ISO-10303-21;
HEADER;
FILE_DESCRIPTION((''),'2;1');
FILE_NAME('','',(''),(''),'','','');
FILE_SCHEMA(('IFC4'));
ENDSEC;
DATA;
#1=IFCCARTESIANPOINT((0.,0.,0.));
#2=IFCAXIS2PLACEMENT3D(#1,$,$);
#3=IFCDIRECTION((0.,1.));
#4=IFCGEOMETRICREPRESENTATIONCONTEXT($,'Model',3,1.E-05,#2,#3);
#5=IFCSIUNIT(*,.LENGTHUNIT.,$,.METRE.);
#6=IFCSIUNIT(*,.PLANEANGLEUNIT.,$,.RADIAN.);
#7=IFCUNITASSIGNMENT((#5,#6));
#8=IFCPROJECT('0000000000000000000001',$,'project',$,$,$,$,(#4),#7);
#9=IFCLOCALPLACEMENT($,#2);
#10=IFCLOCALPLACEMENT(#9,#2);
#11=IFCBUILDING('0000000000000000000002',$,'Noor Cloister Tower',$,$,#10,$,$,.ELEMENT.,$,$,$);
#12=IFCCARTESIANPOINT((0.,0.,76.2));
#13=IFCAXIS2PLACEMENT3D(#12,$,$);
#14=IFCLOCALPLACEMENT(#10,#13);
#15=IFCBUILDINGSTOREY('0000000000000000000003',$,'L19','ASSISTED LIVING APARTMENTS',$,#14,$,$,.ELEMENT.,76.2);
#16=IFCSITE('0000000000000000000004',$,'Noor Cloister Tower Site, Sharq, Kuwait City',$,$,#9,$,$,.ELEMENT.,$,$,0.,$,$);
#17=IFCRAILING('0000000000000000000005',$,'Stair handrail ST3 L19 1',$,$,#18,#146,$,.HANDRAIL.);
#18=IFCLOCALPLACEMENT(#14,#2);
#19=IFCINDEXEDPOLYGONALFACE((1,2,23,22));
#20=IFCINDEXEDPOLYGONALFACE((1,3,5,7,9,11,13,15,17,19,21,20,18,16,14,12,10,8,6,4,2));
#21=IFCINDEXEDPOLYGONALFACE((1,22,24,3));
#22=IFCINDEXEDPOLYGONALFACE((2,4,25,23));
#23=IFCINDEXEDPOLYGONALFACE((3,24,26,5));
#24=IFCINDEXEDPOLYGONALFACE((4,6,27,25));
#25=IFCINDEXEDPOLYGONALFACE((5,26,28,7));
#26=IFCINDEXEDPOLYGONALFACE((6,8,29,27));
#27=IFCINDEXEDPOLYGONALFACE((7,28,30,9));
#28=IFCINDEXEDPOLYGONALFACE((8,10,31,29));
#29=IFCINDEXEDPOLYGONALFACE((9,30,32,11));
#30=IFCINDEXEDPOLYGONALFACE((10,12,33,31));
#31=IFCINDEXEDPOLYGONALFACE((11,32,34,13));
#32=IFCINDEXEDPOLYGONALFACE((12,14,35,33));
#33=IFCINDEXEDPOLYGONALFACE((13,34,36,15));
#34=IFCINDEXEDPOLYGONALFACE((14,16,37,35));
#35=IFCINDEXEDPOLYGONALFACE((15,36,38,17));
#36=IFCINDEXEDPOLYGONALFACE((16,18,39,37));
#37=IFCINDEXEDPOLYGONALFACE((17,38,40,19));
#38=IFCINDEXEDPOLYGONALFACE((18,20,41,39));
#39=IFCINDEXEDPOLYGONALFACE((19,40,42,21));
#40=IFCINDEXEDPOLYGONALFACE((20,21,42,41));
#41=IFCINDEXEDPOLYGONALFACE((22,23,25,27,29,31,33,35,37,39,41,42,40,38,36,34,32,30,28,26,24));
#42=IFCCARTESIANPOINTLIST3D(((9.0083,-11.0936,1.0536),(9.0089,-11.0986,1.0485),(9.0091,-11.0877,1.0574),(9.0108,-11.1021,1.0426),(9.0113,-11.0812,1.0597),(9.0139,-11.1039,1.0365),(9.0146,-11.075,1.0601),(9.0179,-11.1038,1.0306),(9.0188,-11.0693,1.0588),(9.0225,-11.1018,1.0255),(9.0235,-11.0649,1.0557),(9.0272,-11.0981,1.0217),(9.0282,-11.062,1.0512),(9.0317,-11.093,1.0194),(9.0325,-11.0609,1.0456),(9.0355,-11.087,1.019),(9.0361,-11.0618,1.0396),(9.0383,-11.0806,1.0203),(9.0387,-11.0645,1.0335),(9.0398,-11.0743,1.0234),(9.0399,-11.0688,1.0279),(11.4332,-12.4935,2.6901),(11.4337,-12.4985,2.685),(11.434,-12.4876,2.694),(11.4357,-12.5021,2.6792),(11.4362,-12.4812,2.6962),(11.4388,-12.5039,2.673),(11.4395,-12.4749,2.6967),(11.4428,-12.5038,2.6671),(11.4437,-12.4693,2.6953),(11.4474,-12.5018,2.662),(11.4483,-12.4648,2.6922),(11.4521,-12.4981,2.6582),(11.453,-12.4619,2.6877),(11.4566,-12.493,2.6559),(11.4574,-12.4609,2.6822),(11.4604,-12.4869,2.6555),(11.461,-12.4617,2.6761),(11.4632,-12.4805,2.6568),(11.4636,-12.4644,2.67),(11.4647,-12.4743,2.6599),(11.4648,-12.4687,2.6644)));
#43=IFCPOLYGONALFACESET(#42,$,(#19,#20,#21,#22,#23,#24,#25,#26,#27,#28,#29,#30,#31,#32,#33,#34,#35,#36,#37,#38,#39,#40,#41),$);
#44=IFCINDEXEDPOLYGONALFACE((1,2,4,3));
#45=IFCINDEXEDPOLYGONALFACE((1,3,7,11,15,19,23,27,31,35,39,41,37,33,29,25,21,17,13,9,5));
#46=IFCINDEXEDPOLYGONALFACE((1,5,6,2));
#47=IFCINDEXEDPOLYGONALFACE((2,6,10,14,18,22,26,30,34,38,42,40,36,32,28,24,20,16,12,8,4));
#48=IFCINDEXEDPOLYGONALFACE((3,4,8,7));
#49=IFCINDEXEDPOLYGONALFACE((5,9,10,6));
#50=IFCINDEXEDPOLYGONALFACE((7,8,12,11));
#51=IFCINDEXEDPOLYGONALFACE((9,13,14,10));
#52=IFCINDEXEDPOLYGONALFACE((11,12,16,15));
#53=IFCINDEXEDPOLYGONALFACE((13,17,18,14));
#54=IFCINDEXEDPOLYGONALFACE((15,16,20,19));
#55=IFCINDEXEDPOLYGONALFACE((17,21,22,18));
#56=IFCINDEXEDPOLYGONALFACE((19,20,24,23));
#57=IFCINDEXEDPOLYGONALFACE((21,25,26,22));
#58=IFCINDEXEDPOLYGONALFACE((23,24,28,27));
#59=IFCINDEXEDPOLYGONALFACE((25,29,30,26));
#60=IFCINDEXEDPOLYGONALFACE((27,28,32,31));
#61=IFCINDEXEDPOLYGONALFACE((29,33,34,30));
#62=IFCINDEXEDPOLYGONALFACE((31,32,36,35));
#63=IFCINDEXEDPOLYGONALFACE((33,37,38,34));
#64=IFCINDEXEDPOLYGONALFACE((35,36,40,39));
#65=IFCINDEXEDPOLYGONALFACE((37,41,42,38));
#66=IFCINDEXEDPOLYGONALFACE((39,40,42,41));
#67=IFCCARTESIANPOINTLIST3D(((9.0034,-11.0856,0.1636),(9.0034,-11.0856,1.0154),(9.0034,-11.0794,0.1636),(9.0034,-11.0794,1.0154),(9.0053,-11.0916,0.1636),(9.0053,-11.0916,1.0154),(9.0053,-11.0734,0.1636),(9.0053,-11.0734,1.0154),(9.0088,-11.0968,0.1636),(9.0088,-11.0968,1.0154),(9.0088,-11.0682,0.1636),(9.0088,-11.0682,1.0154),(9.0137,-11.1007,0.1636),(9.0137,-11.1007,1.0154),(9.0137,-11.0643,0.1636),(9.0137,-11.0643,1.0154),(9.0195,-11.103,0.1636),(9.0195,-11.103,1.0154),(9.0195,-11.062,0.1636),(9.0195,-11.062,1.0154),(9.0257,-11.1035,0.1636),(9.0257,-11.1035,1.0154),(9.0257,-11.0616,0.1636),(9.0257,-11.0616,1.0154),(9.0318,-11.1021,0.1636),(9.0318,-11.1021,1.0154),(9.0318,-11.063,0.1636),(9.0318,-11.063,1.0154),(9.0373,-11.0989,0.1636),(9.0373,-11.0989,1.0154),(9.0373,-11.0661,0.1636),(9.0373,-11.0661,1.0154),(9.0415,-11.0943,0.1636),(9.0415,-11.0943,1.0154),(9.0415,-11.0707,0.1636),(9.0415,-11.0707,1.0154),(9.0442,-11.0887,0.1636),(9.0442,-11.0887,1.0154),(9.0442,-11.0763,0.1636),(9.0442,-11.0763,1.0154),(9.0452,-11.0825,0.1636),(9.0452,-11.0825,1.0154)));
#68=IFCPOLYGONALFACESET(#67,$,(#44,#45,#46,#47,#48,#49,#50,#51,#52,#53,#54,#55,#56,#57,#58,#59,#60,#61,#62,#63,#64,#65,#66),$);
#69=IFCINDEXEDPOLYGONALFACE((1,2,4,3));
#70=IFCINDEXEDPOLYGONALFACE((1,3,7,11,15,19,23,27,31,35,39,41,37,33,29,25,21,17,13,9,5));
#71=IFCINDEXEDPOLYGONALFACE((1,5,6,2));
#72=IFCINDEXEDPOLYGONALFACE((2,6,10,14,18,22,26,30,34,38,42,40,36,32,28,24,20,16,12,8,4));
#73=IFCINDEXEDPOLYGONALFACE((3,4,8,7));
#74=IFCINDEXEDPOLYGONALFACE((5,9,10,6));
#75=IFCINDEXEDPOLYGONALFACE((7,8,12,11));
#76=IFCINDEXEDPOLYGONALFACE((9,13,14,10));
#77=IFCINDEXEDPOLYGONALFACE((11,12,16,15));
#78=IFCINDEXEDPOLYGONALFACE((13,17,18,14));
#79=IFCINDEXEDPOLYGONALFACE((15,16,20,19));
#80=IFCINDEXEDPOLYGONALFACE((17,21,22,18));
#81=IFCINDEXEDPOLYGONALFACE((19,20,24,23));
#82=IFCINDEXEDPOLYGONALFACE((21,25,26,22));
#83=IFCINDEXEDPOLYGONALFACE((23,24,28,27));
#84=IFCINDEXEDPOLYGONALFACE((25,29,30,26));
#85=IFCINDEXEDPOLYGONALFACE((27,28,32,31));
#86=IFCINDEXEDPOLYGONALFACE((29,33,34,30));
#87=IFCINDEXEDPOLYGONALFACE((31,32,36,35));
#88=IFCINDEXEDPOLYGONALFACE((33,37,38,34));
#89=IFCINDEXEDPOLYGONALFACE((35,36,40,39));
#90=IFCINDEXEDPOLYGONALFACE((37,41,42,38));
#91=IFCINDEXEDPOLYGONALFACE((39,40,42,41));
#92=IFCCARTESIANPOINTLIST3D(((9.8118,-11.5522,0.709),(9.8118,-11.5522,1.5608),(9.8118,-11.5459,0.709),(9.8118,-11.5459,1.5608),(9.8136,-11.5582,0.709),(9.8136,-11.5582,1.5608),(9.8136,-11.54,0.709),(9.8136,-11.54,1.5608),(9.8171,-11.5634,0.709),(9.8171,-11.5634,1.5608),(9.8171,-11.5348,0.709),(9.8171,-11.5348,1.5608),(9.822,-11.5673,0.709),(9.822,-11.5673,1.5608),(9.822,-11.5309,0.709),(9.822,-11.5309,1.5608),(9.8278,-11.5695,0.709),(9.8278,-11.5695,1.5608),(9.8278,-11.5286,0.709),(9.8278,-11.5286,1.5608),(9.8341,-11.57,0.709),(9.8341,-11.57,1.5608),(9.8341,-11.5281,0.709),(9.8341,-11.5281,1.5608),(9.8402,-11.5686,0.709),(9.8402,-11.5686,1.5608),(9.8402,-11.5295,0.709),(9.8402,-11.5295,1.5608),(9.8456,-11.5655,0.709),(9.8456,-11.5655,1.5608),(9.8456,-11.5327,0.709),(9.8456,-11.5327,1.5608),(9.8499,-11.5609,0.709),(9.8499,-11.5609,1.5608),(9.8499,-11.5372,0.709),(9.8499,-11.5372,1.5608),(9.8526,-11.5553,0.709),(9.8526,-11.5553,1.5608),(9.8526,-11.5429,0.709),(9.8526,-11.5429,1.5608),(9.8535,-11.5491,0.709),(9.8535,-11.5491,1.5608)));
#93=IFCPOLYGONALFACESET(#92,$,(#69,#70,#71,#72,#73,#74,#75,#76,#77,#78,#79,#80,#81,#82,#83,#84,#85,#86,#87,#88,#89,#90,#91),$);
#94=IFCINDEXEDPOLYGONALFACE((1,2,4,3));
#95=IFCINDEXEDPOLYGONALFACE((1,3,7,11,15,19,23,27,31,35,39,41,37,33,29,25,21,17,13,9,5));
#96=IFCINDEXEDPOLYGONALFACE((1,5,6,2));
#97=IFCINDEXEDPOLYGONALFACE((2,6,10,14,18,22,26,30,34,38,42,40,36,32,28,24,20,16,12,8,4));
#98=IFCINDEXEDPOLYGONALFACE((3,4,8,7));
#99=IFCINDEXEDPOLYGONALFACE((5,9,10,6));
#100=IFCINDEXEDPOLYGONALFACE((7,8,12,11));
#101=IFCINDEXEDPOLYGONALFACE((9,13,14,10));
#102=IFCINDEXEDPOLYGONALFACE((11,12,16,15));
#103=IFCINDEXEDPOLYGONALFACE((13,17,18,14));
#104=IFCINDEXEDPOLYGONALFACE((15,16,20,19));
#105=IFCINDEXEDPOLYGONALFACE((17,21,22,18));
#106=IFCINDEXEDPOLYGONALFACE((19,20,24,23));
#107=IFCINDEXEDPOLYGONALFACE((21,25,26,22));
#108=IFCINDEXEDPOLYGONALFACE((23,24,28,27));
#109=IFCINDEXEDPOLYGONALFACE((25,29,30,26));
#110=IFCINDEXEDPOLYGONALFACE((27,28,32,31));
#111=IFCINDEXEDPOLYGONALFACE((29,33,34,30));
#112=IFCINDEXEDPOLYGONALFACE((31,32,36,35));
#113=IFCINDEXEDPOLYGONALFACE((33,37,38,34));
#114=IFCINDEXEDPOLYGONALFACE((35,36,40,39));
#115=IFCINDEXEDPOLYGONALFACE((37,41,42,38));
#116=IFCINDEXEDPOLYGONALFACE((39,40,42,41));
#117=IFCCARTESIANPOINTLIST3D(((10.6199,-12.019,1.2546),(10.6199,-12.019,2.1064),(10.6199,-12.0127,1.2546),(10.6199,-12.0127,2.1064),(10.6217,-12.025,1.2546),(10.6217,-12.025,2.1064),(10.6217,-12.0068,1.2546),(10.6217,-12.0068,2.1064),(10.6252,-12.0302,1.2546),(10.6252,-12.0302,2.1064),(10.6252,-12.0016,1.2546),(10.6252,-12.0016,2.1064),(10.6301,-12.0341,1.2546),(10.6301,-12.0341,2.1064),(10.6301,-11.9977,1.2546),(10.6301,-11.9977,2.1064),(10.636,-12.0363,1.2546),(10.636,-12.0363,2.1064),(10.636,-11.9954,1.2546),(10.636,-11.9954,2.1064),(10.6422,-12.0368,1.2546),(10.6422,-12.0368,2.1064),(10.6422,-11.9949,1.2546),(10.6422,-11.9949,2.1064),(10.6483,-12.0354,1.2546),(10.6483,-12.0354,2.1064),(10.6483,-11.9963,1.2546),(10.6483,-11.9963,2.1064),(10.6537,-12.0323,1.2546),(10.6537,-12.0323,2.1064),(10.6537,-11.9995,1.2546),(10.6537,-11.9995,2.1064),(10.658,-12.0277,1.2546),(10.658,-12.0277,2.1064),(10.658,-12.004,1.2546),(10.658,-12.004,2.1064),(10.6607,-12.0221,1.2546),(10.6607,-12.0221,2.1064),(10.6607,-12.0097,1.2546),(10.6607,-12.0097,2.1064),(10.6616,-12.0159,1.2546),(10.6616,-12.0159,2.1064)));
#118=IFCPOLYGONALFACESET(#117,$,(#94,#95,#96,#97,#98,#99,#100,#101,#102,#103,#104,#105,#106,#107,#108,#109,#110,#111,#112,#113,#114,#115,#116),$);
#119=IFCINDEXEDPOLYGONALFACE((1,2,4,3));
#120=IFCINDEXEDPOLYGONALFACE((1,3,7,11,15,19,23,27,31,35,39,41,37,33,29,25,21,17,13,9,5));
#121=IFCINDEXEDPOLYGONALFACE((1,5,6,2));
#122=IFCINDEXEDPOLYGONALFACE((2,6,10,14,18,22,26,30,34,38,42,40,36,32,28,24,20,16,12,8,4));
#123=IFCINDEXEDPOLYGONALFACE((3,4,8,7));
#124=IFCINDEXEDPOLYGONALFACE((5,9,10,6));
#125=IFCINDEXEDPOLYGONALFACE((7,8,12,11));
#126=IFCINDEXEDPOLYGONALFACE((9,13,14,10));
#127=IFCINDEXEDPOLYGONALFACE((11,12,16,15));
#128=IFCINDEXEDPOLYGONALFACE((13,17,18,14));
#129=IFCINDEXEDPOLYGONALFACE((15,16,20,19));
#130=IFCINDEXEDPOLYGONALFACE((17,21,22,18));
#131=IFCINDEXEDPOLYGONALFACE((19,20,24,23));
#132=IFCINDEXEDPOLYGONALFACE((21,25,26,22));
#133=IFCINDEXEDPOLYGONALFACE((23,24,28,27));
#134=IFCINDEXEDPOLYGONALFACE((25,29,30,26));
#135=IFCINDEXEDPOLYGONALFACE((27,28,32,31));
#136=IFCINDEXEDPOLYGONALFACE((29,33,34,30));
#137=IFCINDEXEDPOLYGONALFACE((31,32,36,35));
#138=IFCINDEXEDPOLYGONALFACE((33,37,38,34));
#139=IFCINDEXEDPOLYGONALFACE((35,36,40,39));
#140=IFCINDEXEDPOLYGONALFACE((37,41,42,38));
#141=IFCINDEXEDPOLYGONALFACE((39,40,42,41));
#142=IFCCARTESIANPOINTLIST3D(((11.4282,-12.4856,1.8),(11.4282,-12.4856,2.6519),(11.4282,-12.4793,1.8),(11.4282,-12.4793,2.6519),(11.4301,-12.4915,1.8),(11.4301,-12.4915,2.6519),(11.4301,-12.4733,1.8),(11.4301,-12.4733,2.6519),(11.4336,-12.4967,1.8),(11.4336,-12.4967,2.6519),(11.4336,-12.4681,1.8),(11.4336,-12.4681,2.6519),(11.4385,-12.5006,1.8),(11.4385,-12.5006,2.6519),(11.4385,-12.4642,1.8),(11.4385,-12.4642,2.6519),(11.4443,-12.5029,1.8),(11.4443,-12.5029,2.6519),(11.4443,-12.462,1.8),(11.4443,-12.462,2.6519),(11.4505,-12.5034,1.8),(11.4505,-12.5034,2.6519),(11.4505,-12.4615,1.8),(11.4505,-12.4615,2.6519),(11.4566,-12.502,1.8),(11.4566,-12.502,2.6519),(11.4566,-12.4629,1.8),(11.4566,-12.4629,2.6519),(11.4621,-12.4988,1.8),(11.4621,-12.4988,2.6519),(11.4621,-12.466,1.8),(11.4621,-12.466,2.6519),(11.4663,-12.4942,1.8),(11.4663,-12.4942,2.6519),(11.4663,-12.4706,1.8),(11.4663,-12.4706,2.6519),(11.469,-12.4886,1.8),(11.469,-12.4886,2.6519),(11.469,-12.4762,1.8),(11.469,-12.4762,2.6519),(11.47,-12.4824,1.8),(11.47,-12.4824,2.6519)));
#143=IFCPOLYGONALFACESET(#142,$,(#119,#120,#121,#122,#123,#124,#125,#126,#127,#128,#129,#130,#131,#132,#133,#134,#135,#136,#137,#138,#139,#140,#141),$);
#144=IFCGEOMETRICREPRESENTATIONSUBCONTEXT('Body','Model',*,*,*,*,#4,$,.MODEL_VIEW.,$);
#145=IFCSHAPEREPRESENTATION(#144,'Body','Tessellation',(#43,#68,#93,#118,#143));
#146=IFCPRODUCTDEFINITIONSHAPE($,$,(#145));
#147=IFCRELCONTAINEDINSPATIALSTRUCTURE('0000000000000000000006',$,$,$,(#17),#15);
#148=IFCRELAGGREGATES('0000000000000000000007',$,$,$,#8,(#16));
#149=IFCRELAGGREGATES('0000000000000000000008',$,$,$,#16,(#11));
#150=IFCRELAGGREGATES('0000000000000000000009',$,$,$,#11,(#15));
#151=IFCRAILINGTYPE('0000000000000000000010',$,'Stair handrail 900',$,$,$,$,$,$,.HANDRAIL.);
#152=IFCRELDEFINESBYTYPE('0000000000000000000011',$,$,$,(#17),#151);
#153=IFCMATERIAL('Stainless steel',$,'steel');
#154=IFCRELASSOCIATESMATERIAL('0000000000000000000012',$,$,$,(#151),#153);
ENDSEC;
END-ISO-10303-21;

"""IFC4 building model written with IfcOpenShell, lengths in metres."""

from ifc_helpers import new_model, si_unit, direction, frame, origin, origin_2d, place, context, subcontext, project, spatial, circle, extrude, material, type_object, element, save


model = new_model("IFC4")

# Units and contexts
model_context = context("Model", 3, precision=1e-05, world=origin(), true_north=direction((0.0, 1.0)))
body_context = subcontext(model_context, "Body", "Model", "MODEL_VIEW")
ifc_project = project(units=[si_unit("LENGTHUNIT", "METRE"), si_unit("PLANEANGLEUNIT", "RADIAN")], contexts=[model_context])

# Site, building, storey
site_placement = place(None, origin())
site = spatial("IfcSite", under=ifc_project, at=site_placement, Name="Noor Cloister Tower Site, Sharq, Kuwait City", CompositionType="ELEMENT", RefElevation=0.0)
building_placement = place(site_placement, origin())
building = spatial("IfcBuilding", under=site, at=building_placement, Name="Noor Cloister Tower", CompositionType="ELEMENT")
storey_placement = place(building_placement, frame((0.0, 0.0, 76.2)))
storey = spatial("IfcBuildingStorey", under=building, at=storey_placement, Name="L19", Description="ASSISTED LIVING APARTMENTS", CompositionType="ELEMENT", Elevation=76.2)

# Railing
ifc_material_1 = material(Name="Stainless steel", Category="steel")
railing_type_1 = type_object("IfcRailingType", Name="Stair handrail 900", PredefinedType="HANDRAIL", material=ifc_material_1)
railing_1_placement = place(storey_placement, frame((9.0242, -11.0825, 0.1636)))
element("IfcRailing", 1, at=railing_1_placement, inside=storey, type_object=railing_type_1, Name="Stair handrail ST3 L19 1", PredefinedType="HANDRAIL", context=body_context, shape_type="SweptSolid", body=[
    extrude(circle(Radius=0.0239, at=origin_2d()), frame((0.0, 0.0, 0.876), z_axis=(0.74769, -0.431661, 0.504608), x_axis=(0.499984, 0.866035, 0.0)), (0.0, 0.0, 1.0), 3.2432),
    extrude(circle(Radius=0.021, at=origin_2d()), origin(), (0.0, 0.0, 1.0), 0.8518),
    extrude(circle(Radius=0.021, at=origin_2d()), frame((0.8083, -0.4666, 0.5454)), (0.0, 0.0, 1.0), 0.8518),
    extrude(circle(Radius=0.021, at=origin_2d()), frame((1.6165, -0.9333, 1.0911)), (0.0, 0.0, 1.0), 0.8518),
    extrude(circle(Radius=0.021, at=origin_2d()), frame((2.4248, -1.3999, 1.6365)), (0.0, 0.0, 1.0), 0.8518),
])

save(model, "model.ifc")
